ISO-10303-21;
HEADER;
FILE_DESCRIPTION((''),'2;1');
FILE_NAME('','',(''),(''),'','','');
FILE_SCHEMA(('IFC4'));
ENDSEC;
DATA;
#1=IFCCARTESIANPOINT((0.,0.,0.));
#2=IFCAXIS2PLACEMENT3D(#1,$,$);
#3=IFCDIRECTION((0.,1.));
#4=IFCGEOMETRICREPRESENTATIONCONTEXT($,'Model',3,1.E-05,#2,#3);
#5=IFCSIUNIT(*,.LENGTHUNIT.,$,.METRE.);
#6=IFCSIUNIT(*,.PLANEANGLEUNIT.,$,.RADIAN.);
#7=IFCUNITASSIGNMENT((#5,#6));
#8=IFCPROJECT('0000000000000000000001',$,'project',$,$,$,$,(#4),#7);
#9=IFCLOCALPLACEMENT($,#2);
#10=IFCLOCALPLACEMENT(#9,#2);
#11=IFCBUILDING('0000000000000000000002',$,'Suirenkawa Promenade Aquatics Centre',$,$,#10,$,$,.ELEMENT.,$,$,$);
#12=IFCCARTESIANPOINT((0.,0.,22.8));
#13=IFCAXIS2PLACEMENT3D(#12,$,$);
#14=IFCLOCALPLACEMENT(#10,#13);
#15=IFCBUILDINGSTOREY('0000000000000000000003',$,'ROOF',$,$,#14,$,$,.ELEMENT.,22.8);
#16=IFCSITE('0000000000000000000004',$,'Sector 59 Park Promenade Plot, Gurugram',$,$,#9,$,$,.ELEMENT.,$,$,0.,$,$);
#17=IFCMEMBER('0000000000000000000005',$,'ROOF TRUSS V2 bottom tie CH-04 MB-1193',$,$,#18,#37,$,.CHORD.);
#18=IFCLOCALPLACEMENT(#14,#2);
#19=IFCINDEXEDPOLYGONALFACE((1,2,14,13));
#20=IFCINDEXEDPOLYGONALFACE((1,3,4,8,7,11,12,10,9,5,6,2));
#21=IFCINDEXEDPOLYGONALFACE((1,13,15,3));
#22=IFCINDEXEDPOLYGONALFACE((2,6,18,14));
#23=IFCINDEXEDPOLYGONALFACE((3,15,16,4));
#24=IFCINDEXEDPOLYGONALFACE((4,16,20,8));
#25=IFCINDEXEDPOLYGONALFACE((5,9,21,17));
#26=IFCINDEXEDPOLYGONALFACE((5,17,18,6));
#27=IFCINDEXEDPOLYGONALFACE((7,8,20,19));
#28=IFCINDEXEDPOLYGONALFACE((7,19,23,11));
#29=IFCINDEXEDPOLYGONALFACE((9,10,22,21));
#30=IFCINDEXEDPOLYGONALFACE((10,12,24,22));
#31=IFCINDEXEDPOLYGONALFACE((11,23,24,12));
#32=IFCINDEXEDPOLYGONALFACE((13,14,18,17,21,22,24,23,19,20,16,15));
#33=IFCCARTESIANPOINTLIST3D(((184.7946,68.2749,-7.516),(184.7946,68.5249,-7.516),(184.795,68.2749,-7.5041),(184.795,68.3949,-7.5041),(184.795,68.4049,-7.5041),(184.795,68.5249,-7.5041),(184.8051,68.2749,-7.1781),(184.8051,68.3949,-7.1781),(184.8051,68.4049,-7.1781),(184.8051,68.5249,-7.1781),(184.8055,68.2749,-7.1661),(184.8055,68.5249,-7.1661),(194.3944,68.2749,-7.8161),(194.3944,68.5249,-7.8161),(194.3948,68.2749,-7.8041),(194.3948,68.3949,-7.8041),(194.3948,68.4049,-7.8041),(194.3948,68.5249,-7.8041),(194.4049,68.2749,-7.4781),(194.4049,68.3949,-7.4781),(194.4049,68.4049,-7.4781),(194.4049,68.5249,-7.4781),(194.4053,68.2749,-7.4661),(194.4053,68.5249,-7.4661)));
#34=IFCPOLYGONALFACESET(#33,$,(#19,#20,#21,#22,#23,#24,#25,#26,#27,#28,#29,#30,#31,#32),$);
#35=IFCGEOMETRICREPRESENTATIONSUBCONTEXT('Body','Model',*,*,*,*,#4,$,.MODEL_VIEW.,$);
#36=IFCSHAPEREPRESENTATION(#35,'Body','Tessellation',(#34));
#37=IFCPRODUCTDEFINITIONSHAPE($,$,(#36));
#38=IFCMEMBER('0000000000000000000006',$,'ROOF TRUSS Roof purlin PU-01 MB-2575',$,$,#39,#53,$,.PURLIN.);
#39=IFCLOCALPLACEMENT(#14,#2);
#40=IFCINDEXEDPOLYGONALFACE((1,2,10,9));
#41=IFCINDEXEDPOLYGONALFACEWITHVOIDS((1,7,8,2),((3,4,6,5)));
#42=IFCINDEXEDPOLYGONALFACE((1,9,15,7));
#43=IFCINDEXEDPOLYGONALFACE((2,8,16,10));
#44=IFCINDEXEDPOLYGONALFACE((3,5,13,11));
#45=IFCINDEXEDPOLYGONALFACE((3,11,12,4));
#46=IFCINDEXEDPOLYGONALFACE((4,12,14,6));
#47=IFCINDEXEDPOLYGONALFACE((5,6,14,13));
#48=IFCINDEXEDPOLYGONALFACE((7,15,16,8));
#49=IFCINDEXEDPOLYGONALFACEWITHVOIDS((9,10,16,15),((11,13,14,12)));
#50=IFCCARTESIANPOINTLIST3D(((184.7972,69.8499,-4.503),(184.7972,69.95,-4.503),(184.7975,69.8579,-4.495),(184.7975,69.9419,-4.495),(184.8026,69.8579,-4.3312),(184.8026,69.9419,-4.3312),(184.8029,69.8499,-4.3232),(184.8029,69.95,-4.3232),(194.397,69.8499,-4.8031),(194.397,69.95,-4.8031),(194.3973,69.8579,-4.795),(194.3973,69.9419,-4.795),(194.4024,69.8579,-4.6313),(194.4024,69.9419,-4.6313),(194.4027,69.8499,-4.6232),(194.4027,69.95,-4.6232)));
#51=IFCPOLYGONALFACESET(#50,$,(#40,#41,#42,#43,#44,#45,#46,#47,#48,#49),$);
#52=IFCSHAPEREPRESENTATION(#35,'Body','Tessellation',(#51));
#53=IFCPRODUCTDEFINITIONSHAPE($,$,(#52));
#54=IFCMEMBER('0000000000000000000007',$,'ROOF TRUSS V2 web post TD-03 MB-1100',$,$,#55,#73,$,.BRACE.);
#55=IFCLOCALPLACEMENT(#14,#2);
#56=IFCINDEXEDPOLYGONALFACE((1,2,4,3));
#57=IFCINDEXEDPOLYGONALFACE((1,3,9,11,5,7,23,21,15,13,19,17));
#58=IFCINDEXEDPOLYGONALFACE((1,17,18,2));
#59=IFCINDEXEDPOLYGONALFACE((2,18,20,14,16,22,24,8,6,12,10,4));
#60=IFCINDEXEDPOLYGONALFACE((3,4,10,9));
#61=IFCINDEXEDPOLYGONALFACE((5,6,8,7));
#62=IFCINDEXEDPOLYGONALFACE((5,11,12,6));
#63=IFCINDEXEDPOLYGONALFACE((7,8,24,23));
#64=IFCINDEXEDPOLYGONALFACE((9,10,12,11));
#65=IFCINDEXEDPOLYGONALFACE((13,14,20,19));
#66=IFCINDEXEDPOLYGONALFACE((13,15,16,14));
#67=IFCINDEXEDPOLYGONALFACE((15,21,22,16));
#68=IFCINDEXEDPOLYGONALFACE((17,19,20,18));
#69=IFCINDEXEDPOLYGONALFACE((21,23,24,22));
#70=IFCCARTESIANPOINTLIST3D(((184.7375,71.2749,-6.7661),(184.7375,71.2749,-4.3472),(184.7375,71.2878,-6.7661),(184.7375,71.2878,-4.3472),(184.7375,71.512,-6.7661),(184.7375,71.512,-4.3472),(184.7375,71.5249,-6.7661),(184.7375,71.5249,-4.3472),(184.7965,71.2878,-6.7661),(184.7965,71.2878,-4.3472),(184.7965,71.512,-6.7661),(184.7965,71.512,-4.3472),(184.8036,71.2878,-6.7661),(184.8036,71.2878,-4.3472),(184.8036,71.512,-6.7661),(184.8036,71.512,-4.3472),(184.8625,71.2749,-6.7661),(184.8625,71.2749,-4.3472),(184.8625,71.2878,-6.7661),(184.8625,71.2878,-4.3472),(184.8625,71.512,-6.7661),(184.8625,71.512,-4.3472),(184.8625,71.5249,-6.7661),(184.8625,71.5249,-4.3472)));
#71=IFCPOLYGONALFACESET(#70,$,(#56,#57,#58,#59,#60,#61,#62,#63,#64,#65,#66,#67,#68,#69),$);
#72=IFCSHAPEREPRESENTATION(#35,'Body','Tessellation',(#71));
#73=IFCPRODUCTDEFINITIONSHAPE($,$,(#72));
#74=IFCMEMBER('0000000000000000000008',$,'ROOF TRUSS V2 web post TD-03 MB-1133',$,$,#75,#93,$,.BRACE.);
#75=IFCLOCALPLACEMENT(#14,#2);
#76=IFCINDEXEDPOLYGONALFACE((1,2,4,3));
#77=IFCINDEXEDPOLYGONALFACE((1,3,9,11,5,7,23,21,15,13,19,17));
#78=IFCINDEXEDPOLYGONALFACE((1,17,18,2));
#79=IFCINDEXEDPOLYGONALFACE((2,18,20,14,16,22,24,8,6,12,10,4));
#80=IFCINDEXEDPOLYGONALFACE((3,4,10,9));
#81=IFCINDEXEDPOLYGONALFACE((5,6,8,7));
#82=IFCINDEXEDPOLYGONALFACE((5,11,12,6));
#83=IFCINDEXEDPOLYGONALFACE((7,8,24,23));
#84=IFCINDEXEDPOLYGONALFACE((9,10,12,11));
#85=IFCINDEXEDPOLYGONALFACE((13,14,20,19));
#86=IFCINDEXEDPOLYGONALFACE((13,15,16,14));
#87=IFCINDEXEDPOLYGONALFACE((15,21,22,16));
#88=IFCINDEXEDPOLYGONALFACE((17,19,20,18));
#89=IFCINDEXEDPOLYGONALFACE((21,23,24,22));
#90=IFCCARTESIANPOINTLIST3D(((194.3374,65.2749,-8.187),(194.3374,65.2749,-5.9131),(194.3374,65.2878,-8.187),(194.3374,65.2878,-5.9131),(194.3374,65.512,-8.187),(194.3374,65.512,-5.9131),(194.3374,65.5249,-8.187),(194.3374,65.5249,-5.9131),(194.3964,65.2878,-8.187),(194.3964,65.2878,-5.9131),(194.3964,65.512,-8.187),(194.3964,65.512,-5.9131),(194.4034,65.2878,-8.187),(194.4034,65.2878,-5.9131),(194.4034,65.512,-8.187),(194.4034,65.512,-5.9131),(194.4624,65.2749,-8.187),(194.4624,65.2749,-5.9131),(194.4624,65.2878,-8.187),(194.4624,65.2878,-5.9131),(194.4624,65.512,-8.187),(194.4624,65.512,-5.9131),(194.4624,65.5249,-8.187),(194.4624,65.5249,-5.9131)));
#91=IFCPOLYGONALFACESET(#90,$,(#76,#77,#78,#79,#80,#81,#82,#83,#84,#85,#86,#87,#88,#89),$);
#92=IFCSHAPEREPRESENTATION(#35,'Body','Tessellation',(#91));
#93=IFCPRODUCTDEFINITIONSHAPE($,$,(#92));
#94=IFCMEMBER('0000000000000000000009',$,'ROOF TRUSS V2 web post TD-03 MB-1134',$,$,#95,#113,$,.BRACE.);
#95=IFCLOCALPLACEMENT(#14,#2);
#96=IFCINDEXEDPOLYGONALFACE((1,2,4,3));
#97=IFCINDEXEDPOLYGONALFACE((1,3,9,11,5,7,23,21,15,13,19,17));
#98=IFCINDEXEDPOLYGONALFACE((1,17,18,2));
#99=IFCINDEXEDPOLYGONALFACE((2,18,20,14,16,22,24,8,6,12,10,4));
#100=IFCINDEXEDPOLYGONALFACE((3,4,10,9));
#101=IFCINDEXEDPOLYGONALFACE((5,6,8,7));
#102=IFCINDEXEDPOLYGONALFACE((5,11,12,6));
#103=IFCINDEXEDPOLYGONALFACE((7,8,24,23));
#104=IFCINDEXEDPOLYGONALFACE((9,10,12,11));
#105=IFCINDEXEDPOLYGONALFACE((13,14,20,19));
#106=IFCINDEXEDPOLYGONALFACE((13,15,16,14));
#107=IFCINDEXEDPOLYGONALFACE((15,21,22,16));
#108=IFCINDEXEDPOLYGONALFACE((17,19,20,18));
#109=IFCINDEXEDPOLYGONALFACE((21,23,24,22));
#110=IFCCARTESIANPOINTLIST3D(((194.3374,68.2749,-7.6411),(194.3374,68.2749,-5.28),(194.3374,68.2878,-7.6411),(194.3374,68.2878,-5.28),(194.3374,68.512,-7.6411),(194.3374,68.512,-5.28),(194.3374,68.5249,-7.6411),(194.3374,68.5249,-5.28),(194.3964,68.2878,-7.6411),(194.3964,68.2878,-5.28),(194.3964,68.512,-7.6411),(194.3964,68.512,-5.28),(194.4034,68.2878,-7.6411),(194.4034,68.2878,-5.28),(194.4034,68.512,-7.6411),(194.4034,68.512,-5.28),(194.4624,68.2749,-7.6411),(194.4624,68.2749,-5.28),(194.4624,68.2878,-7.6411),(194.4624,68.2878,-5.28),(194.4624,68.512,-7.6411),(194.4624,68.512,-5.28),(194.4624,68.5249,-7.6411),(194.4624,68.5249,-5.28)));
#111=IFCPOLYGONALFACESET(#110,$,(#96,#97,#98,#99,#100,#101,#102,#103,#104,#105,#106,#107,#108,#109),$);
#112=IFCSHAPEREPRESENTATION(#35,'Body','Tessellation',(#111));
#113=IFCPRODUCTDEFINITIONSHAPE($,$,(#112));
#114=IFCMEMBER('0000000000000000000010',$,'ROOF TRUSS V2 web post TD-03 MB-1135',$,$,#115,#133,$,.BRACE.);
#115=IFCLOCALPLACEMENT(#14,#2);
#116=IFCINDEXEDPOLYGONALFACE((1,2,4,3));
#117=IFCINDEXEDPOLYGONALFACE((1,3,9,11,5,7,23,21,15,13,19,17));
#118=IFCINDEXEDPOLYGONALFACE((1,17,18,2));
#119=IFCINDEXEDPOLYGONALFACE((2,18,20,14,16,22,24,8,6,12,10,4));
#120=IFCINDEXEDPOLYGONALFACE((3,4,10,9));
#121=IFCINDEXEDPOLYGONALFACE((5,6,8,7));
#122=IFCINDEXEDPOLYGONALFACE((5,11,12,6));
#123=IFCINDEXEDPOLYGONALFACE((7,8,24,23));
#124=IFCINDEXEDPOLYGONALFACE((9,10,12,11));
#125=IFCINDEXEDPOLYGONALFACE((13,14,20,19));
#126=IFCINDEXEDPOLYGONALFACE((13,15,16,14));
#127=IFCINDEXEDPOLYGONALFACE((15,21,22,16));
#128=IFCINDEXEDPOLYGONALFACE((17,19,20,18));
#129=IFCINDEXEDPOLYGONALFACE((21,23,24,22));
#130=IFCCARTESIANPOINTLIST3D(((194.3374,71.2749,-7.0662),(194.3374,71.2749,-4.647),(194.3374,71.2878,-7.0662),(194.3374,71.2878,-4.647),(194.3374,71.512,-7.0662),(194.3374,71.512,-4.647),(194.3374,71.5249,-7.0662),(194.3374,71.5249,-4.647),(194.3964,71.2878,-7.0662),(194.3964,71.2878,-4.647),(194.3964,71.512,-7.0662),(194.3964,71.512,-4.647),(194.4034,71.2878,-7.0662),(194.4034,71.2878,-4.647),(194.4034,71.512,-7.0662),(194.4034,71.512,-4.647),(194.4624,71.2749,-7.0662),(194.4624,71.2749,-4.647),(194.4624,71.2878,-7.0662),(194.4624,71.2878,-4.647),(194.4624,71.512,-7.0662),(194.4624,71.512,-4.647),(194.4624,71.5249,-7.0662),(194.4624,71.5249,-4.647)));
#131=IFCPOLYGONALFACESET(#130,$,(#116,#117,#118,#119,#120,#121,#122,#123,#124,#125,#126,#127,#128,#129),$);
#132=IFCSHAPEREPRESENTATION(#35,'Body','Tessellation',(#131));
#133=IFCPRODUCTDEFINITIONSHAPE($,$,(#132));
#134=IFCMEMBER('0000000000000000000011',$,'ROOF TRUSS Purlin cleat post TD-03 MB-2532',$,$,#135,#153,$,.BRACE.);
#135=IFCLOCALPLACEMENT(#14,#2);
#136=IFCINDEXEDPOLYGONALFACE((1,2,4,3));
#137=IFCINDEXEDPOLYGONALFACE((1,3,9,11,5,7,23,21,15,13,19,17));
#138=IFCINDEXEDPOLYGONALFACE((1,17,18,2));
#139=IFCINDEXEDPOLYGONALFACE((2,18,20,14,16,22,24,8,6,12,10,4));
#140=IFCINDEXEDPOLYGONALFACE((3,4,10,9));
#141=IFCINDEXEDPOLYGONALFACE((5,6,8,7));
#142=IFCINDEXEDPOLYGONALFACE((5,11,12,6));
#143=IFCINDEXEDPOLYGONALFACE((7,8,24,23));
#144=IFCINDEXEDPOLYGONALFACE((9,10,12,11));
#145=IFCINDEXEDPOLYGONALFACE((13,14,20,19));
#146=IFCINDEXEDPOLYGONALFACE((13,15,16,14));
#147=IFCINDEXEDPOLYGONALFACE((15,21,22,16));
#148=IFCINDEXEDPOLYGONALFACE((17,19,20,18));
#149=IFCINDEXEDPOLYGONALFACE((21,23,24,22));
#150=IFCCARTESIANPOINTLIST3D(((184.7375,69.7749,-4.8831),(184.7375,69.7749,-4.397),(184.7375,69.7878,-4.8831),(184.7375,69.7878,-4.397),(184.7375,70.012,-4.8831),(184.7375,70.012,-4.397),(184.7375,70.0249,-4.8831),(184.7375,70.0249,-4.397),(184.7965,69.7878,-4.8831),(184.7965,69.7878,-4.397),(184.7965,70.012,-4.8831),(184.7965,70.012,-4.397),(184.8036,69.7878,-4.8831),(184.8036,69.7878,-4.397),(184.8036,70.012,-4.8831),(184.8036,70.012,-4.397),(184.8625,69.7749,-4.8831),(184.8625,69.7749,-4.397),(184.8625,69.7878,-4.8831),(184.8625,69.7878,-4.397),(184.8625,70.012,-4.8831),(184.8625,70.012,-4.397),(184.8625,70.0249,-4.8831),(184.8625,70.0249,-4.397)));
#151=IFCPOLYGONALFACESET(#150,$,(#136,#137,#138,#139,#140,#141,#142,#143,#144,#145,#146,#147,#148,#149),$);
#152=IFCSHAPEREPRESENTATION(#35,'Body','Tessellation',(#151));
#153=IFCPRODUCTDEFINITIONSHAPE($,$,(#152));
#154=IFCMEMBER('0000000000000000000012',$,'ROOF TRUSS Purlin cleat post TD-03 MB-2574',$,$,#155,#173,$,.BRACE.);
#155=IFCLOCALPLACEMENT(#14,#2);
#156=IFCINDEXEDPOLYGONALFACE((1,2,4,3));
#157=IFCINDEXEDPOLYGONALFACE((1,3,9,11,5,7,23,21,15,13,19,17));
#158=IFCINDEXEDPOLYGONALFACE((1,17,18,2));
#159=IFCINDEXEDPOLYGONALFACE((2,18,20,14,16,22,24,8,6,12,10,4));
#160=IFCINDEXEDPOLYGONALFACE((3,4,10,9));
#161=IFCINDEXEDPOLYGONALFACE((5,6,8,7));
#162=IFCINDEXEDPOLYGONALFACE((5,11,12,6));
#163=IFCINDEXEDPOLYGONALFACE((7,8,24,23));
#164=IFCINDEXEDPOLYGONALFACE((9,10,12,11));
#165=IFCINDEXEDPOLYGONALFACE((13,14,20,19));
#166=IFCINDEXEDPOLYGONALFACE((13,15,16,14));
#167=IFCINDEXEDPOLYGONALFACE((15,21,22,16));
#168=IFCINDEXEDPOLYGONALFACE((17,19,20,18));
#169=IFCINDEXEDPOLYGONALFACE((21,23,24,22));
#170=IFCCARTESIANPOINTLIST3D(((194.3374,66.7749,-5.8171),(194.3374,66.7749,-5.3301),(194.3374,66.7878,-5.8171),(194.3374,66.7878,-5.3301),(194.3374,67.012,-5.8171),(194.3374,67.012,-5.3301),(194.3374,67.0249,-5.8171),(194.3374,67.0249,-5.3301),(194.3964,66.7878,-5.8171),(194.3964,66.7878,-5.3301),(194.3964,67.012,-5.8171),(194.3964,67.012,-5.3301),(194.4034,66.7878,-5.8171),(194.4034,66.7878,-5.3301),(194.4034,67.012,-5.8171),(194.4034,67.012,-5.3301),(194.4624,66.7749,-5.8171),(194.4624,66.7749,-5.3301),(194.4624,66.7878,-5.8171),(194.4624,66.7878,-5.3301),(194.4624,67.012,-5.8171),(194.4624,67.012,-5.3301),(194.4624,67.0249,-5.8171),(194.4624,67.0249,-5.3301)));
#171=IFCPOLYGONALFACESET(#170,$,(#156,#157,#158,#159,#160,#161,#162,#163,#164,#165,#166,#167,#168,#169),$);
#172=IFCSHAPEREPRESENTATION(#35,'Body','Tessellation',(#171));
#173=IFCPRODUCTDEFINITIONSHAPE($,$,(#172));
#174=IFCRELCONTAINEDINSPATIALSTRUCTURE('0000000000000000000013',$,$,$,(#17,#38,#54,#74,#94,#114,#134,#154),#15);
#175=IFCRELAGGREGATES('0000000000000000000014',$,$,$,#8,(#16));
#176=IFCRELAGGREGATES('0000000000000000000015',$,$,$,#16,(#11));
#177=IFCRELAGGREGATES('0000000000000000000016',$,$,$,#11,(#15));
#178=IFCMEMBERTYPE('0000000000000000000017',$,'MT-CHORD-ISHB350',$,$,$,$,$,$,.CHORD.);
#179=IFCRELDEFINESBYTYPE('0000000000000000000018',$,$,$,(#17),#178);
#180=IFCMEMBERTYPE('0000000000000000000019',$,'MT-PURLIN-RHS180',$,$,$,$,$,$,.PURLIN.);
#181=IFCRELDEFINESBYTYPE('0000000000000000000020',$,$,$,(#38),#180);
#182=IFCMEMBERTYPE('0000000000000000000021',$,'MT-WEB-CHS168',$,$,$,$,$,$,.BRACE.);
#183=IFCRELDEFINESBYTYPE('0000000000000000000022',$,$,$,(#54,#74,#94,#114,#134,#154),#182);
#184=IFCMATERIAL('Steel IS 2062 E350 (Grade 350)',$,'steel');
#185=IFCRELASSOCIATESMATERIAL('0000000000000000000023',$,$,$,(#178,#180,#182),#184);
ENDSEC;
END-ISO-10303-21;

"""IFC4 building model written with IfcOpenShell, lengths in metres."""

from ifc_helpers import new_model, si_unit, direction, frame, origin, origin_2d, place, context, subcontext, project, spatial, hollow_rectangle, i_section, extrude, material, material_profile, profile_set, type_object, element, save


model = new_model("IFC4")

# Units and contexts
model_context = context("Model", 3, precision=1e-05, world=origin(), true_north=direction((0.0, 1.0)))
body_context = subcontext(model_context, "Body", "Model", "MODEL_VIEW")
ifc_project = project(units=[si_unit("LENGTHUNIT", "METRE"), si_unit("PLANEANGLEUNIT", "RADIAN")], contexts=[model_context])

# Site, building, storey
site_placement = place(None, origin())
site = spatial("IfcSite", under=ifc_project, at=site_placement, Name="Sector 59 Park Promenade Plot, Gurugram", CompositionType="ELEMENT", RefElevation=0.0)
building_placement = place(site_placement, origin())
building = spatial("IfcBuilding", under=site, at=building_placement, Name="Suirenkawa Promenade Aquatics Centre", CompositionType="ELEMENT")
storey_placement = place(building_placement, frame((0.0, 0.0, 22.8)))
storey = spatial("IfcBuildingStorey", under=building, at=storey_placement, Name="ROOF", CompositionType="ELEMENT", Elevation=22.8)

# Shared definitions
ifc_material = material(Name="Steel IS 2062 E350 (Grade 350)", Category="steel")

# Members
ifc_material_profile_1 = material_profile(ifc_material, i_section(OverallWidth=0.25, OverallDepth=0.3501, WebThickness=0.01, FlangeThickness=0.012, at=origin_2d()), Name="ISHB 350", Category="steel")
ifc_profile_set_1 = profile_set([ifc_material_profile_1], Name="Steel IS 2062 E350 (Grade 350)")
member_type_1 = type_object("IfcMemberType", Name="MT-CHORD-ISHB350", PredefinedType="CHORD", material=ifc_profile_set_1)
member_1_placement = place(storey_placement, frame((184.8, 68.3999, -7.3411), z_axis=(0.999512, 0.0, -0.03124), x_axis=(0.0, 1.0, 0.0)))
element("IfcMember", 1, at=member_1_placement, inside=storey, type_object=member_type_1, Name="ROOF TRUSS V2 bottom tie CH-04 MB-1193", PredefinedType="CHORD", context=body_context, shape_type="SweptSolid", body=[
    extrude(i_section(OverallWidth=0.25, OverallDepth=0.3501, WebThickness=0.01, FlangeThickness=0.012, at=origin_2d()), origin(), (0.0, 0.0, 1.0), 9.6045),
])
ifc_material_profile_2 = material_profile(ifc_material, hollow_rectangle(XDim=0.1001, YDim=0.1799, WallThickness=0.0081, at=origin_2d()), Name="RHS 180x100x8", Category="steel")
ifc_profile_set_2 = profile_set([ifc_material_profile_2], Name="Steel IS 2062 E350 (Grade 350)")
member_type_2 = type_object("IfcMemberType", Name="MT-PURLIN-RHS180", PredefinedType="PURLIN", material=ifc_profile_set_2)
member_2_placement = place(storey_placement, frame((184.8, 69.8999, -4.4131), z_axis=(0.999512, 0.0, -0.03124), x_axis=(0.0, 1.0, 0.0)))
element("IfcMember", 2, at=member_2_placement, inside=storey, type_object=member_type_2, Name="ROOF TRUSS Roof purlin PU-01 MB-2575", PredefinedType="PURLIN", context=body_context, shape_type="SweptSolid", body=[
    extrude(hollow_rectangle(XDim=0.1001, YDim=0.1799, WallThickness=0.0081, at=origin_2d()), origin(), (0.0, 0.0, 1.0), 9.6045),
])
ifc_material_profile_3 = material_profile(ifc_material, i_section(OverallWidth=0.125, OverallDepth=0.25, WebThickness=0.0071, FlangeThickness=0.0129, at=origin_2d()), Name="ISMB 250", Category="steel")
ifc_profile_set_3 = profile_set([ifc_material_profile_3], Name="Steel IS 2062 E350 (Grade 350)")
member_type_3 = type_object("IfcMemberType", Name="MT-WEB-CHS168", PredefinedType="BRACE", material=ifc_profile_set_3)
member_3_placement = place(storey_placement, frame((184.8, 71.3999, -6.7661), z_axis=(0.0, 0.0, 1.0), x_axis=(1.0, 0.0, 0.0)))
element("IfcMember", 3, at=member_3_placement, inside=storey, type_object=member_type_3, Name="ROOF TRUSS V2 web post TD-03 MB-1100", PredefinedType="BRACE", context=body_context, shape_type="SweptSolid", body=[
    extrude(i_section(OverallWidth=0.125, OverallDepth=0.25, WebThickness=0.0071, FlangeThickness=0.0129, at=origin_2d()), origin(), (0.0, 0.0, 1.0), 2.4189),
])
member_4_placement = place(storey_placement, frame((194.3999, 65.3999, -8.187), z_axis=(0.0, 0.0, 1.0), x_axis=(1.0, 0.0, 0.0)))
element("IfcMember", 4, at=member_4_placement, inside=storey, type_object=member_type_3, Name="ROOF TRUSS V2 web post TD-03 MB-1133", PredefinedType="BRACE", context=body_context, shape_type="SweptSolid", body=[
    extrude(i_section(OverallWidth=0.125, OverallDepth=0.25, WebThickness=0.0071, FlangeThickness=0.0129, at=origin_2d()), origin(), (0.0, 0.0, 1.0), 2.2739),
])
member_5_placement = place(storey_placement, frame((194.3999, 68.3999, -7.6411), z_axis=(0.0, 0.0, 1.0), x_axis=(1.0, 0.0, 0.0)))
element("IfcMember", 5, at=member_5_placement, inside=storey, type_object=member_type_3, Name="ROOF TRUSS V2 web post TD-03 MB-1134", PredefinedType="BRACE", context=body_context, shape_type="SweptSolid", body=[
    extrude(i_section(OverallWidth=0.125, OverallDepth=0.25, WebThickness=0.0071, FlangeThickness=0.0129, at=origin_2d()), origin(), (0.0, 0.0, 1.0), 2.3611),
])
member_6_placement = place(storey_placement, frame((194.3999, 71.3999, -7.0662), z_axis=(0.0, 0.0, 1.0), x_axis=(1.0, 0.0, 0.0)))
element("IfcMember", 6, at=member_6_placement, inside=storey, type_object=member_type_3, Name="ROOF TRUSS V2 web post TD-03 MB-1135", PredefinedType="BRACE", context=body_context, shape_type="SweptSolid", body=[
    extrude(i_section(OverallWidth=0.125, OverallDepth=0.25, WebThickness=0.0071, FlangeThickness=0.0129, at=origin_2d()), origin(), (0.0, 0.0, 1.0), 2.4192),
])
member_7_placement = place(storey_placement, frame((184.8, 69.8999, -4.8831), z_axis=(0.0, 0.0, 1.0), x_axis=(1.0, 0.0, 0.0)))
element("IfcMember", 7, at=member_7_placement, inside=storey, type_object=member_type_3, Name="ROOF TRUSS Purlin cleat post TD-03 MB-2532", PredefinedType="BRACE", context=body_context, shape_type="SweptSolid", body=[
    extrude(i_section(OverallWidth=0.125, OverallDepth=0.25, WebThickness=0.0071, FlangeThickness=0.0129, at=origin_2d()), origin(), (0.0, 0.0, 1.0), 0.4861),
])
member_8_placement = place(storey_placement, frame((194.3999, 66.8999, -5.8171), z_axis=(0.0, 0.0, 1.0), x_axis=(1.0, 0.0, 0.0)))
element("IfcMember", 8, at=member_8_placement, inside=storey, type_object=member_type_3, Name="ROOF TRUSS Purlin cleat post TD-03 MB-2574", PredefinedType="BRACE", context=body_context, shape_type="SweptSolid", body=[
    extrude(i_section(OverallWidth=0.125, OverallDepth=0.25, WebThickness=0.0071, FlangeThickness=0.0129, at=origin_2d()), origin(), (0.0, 0.0, 1.0), 0.4871),
])

save(model, "model.ifc")
